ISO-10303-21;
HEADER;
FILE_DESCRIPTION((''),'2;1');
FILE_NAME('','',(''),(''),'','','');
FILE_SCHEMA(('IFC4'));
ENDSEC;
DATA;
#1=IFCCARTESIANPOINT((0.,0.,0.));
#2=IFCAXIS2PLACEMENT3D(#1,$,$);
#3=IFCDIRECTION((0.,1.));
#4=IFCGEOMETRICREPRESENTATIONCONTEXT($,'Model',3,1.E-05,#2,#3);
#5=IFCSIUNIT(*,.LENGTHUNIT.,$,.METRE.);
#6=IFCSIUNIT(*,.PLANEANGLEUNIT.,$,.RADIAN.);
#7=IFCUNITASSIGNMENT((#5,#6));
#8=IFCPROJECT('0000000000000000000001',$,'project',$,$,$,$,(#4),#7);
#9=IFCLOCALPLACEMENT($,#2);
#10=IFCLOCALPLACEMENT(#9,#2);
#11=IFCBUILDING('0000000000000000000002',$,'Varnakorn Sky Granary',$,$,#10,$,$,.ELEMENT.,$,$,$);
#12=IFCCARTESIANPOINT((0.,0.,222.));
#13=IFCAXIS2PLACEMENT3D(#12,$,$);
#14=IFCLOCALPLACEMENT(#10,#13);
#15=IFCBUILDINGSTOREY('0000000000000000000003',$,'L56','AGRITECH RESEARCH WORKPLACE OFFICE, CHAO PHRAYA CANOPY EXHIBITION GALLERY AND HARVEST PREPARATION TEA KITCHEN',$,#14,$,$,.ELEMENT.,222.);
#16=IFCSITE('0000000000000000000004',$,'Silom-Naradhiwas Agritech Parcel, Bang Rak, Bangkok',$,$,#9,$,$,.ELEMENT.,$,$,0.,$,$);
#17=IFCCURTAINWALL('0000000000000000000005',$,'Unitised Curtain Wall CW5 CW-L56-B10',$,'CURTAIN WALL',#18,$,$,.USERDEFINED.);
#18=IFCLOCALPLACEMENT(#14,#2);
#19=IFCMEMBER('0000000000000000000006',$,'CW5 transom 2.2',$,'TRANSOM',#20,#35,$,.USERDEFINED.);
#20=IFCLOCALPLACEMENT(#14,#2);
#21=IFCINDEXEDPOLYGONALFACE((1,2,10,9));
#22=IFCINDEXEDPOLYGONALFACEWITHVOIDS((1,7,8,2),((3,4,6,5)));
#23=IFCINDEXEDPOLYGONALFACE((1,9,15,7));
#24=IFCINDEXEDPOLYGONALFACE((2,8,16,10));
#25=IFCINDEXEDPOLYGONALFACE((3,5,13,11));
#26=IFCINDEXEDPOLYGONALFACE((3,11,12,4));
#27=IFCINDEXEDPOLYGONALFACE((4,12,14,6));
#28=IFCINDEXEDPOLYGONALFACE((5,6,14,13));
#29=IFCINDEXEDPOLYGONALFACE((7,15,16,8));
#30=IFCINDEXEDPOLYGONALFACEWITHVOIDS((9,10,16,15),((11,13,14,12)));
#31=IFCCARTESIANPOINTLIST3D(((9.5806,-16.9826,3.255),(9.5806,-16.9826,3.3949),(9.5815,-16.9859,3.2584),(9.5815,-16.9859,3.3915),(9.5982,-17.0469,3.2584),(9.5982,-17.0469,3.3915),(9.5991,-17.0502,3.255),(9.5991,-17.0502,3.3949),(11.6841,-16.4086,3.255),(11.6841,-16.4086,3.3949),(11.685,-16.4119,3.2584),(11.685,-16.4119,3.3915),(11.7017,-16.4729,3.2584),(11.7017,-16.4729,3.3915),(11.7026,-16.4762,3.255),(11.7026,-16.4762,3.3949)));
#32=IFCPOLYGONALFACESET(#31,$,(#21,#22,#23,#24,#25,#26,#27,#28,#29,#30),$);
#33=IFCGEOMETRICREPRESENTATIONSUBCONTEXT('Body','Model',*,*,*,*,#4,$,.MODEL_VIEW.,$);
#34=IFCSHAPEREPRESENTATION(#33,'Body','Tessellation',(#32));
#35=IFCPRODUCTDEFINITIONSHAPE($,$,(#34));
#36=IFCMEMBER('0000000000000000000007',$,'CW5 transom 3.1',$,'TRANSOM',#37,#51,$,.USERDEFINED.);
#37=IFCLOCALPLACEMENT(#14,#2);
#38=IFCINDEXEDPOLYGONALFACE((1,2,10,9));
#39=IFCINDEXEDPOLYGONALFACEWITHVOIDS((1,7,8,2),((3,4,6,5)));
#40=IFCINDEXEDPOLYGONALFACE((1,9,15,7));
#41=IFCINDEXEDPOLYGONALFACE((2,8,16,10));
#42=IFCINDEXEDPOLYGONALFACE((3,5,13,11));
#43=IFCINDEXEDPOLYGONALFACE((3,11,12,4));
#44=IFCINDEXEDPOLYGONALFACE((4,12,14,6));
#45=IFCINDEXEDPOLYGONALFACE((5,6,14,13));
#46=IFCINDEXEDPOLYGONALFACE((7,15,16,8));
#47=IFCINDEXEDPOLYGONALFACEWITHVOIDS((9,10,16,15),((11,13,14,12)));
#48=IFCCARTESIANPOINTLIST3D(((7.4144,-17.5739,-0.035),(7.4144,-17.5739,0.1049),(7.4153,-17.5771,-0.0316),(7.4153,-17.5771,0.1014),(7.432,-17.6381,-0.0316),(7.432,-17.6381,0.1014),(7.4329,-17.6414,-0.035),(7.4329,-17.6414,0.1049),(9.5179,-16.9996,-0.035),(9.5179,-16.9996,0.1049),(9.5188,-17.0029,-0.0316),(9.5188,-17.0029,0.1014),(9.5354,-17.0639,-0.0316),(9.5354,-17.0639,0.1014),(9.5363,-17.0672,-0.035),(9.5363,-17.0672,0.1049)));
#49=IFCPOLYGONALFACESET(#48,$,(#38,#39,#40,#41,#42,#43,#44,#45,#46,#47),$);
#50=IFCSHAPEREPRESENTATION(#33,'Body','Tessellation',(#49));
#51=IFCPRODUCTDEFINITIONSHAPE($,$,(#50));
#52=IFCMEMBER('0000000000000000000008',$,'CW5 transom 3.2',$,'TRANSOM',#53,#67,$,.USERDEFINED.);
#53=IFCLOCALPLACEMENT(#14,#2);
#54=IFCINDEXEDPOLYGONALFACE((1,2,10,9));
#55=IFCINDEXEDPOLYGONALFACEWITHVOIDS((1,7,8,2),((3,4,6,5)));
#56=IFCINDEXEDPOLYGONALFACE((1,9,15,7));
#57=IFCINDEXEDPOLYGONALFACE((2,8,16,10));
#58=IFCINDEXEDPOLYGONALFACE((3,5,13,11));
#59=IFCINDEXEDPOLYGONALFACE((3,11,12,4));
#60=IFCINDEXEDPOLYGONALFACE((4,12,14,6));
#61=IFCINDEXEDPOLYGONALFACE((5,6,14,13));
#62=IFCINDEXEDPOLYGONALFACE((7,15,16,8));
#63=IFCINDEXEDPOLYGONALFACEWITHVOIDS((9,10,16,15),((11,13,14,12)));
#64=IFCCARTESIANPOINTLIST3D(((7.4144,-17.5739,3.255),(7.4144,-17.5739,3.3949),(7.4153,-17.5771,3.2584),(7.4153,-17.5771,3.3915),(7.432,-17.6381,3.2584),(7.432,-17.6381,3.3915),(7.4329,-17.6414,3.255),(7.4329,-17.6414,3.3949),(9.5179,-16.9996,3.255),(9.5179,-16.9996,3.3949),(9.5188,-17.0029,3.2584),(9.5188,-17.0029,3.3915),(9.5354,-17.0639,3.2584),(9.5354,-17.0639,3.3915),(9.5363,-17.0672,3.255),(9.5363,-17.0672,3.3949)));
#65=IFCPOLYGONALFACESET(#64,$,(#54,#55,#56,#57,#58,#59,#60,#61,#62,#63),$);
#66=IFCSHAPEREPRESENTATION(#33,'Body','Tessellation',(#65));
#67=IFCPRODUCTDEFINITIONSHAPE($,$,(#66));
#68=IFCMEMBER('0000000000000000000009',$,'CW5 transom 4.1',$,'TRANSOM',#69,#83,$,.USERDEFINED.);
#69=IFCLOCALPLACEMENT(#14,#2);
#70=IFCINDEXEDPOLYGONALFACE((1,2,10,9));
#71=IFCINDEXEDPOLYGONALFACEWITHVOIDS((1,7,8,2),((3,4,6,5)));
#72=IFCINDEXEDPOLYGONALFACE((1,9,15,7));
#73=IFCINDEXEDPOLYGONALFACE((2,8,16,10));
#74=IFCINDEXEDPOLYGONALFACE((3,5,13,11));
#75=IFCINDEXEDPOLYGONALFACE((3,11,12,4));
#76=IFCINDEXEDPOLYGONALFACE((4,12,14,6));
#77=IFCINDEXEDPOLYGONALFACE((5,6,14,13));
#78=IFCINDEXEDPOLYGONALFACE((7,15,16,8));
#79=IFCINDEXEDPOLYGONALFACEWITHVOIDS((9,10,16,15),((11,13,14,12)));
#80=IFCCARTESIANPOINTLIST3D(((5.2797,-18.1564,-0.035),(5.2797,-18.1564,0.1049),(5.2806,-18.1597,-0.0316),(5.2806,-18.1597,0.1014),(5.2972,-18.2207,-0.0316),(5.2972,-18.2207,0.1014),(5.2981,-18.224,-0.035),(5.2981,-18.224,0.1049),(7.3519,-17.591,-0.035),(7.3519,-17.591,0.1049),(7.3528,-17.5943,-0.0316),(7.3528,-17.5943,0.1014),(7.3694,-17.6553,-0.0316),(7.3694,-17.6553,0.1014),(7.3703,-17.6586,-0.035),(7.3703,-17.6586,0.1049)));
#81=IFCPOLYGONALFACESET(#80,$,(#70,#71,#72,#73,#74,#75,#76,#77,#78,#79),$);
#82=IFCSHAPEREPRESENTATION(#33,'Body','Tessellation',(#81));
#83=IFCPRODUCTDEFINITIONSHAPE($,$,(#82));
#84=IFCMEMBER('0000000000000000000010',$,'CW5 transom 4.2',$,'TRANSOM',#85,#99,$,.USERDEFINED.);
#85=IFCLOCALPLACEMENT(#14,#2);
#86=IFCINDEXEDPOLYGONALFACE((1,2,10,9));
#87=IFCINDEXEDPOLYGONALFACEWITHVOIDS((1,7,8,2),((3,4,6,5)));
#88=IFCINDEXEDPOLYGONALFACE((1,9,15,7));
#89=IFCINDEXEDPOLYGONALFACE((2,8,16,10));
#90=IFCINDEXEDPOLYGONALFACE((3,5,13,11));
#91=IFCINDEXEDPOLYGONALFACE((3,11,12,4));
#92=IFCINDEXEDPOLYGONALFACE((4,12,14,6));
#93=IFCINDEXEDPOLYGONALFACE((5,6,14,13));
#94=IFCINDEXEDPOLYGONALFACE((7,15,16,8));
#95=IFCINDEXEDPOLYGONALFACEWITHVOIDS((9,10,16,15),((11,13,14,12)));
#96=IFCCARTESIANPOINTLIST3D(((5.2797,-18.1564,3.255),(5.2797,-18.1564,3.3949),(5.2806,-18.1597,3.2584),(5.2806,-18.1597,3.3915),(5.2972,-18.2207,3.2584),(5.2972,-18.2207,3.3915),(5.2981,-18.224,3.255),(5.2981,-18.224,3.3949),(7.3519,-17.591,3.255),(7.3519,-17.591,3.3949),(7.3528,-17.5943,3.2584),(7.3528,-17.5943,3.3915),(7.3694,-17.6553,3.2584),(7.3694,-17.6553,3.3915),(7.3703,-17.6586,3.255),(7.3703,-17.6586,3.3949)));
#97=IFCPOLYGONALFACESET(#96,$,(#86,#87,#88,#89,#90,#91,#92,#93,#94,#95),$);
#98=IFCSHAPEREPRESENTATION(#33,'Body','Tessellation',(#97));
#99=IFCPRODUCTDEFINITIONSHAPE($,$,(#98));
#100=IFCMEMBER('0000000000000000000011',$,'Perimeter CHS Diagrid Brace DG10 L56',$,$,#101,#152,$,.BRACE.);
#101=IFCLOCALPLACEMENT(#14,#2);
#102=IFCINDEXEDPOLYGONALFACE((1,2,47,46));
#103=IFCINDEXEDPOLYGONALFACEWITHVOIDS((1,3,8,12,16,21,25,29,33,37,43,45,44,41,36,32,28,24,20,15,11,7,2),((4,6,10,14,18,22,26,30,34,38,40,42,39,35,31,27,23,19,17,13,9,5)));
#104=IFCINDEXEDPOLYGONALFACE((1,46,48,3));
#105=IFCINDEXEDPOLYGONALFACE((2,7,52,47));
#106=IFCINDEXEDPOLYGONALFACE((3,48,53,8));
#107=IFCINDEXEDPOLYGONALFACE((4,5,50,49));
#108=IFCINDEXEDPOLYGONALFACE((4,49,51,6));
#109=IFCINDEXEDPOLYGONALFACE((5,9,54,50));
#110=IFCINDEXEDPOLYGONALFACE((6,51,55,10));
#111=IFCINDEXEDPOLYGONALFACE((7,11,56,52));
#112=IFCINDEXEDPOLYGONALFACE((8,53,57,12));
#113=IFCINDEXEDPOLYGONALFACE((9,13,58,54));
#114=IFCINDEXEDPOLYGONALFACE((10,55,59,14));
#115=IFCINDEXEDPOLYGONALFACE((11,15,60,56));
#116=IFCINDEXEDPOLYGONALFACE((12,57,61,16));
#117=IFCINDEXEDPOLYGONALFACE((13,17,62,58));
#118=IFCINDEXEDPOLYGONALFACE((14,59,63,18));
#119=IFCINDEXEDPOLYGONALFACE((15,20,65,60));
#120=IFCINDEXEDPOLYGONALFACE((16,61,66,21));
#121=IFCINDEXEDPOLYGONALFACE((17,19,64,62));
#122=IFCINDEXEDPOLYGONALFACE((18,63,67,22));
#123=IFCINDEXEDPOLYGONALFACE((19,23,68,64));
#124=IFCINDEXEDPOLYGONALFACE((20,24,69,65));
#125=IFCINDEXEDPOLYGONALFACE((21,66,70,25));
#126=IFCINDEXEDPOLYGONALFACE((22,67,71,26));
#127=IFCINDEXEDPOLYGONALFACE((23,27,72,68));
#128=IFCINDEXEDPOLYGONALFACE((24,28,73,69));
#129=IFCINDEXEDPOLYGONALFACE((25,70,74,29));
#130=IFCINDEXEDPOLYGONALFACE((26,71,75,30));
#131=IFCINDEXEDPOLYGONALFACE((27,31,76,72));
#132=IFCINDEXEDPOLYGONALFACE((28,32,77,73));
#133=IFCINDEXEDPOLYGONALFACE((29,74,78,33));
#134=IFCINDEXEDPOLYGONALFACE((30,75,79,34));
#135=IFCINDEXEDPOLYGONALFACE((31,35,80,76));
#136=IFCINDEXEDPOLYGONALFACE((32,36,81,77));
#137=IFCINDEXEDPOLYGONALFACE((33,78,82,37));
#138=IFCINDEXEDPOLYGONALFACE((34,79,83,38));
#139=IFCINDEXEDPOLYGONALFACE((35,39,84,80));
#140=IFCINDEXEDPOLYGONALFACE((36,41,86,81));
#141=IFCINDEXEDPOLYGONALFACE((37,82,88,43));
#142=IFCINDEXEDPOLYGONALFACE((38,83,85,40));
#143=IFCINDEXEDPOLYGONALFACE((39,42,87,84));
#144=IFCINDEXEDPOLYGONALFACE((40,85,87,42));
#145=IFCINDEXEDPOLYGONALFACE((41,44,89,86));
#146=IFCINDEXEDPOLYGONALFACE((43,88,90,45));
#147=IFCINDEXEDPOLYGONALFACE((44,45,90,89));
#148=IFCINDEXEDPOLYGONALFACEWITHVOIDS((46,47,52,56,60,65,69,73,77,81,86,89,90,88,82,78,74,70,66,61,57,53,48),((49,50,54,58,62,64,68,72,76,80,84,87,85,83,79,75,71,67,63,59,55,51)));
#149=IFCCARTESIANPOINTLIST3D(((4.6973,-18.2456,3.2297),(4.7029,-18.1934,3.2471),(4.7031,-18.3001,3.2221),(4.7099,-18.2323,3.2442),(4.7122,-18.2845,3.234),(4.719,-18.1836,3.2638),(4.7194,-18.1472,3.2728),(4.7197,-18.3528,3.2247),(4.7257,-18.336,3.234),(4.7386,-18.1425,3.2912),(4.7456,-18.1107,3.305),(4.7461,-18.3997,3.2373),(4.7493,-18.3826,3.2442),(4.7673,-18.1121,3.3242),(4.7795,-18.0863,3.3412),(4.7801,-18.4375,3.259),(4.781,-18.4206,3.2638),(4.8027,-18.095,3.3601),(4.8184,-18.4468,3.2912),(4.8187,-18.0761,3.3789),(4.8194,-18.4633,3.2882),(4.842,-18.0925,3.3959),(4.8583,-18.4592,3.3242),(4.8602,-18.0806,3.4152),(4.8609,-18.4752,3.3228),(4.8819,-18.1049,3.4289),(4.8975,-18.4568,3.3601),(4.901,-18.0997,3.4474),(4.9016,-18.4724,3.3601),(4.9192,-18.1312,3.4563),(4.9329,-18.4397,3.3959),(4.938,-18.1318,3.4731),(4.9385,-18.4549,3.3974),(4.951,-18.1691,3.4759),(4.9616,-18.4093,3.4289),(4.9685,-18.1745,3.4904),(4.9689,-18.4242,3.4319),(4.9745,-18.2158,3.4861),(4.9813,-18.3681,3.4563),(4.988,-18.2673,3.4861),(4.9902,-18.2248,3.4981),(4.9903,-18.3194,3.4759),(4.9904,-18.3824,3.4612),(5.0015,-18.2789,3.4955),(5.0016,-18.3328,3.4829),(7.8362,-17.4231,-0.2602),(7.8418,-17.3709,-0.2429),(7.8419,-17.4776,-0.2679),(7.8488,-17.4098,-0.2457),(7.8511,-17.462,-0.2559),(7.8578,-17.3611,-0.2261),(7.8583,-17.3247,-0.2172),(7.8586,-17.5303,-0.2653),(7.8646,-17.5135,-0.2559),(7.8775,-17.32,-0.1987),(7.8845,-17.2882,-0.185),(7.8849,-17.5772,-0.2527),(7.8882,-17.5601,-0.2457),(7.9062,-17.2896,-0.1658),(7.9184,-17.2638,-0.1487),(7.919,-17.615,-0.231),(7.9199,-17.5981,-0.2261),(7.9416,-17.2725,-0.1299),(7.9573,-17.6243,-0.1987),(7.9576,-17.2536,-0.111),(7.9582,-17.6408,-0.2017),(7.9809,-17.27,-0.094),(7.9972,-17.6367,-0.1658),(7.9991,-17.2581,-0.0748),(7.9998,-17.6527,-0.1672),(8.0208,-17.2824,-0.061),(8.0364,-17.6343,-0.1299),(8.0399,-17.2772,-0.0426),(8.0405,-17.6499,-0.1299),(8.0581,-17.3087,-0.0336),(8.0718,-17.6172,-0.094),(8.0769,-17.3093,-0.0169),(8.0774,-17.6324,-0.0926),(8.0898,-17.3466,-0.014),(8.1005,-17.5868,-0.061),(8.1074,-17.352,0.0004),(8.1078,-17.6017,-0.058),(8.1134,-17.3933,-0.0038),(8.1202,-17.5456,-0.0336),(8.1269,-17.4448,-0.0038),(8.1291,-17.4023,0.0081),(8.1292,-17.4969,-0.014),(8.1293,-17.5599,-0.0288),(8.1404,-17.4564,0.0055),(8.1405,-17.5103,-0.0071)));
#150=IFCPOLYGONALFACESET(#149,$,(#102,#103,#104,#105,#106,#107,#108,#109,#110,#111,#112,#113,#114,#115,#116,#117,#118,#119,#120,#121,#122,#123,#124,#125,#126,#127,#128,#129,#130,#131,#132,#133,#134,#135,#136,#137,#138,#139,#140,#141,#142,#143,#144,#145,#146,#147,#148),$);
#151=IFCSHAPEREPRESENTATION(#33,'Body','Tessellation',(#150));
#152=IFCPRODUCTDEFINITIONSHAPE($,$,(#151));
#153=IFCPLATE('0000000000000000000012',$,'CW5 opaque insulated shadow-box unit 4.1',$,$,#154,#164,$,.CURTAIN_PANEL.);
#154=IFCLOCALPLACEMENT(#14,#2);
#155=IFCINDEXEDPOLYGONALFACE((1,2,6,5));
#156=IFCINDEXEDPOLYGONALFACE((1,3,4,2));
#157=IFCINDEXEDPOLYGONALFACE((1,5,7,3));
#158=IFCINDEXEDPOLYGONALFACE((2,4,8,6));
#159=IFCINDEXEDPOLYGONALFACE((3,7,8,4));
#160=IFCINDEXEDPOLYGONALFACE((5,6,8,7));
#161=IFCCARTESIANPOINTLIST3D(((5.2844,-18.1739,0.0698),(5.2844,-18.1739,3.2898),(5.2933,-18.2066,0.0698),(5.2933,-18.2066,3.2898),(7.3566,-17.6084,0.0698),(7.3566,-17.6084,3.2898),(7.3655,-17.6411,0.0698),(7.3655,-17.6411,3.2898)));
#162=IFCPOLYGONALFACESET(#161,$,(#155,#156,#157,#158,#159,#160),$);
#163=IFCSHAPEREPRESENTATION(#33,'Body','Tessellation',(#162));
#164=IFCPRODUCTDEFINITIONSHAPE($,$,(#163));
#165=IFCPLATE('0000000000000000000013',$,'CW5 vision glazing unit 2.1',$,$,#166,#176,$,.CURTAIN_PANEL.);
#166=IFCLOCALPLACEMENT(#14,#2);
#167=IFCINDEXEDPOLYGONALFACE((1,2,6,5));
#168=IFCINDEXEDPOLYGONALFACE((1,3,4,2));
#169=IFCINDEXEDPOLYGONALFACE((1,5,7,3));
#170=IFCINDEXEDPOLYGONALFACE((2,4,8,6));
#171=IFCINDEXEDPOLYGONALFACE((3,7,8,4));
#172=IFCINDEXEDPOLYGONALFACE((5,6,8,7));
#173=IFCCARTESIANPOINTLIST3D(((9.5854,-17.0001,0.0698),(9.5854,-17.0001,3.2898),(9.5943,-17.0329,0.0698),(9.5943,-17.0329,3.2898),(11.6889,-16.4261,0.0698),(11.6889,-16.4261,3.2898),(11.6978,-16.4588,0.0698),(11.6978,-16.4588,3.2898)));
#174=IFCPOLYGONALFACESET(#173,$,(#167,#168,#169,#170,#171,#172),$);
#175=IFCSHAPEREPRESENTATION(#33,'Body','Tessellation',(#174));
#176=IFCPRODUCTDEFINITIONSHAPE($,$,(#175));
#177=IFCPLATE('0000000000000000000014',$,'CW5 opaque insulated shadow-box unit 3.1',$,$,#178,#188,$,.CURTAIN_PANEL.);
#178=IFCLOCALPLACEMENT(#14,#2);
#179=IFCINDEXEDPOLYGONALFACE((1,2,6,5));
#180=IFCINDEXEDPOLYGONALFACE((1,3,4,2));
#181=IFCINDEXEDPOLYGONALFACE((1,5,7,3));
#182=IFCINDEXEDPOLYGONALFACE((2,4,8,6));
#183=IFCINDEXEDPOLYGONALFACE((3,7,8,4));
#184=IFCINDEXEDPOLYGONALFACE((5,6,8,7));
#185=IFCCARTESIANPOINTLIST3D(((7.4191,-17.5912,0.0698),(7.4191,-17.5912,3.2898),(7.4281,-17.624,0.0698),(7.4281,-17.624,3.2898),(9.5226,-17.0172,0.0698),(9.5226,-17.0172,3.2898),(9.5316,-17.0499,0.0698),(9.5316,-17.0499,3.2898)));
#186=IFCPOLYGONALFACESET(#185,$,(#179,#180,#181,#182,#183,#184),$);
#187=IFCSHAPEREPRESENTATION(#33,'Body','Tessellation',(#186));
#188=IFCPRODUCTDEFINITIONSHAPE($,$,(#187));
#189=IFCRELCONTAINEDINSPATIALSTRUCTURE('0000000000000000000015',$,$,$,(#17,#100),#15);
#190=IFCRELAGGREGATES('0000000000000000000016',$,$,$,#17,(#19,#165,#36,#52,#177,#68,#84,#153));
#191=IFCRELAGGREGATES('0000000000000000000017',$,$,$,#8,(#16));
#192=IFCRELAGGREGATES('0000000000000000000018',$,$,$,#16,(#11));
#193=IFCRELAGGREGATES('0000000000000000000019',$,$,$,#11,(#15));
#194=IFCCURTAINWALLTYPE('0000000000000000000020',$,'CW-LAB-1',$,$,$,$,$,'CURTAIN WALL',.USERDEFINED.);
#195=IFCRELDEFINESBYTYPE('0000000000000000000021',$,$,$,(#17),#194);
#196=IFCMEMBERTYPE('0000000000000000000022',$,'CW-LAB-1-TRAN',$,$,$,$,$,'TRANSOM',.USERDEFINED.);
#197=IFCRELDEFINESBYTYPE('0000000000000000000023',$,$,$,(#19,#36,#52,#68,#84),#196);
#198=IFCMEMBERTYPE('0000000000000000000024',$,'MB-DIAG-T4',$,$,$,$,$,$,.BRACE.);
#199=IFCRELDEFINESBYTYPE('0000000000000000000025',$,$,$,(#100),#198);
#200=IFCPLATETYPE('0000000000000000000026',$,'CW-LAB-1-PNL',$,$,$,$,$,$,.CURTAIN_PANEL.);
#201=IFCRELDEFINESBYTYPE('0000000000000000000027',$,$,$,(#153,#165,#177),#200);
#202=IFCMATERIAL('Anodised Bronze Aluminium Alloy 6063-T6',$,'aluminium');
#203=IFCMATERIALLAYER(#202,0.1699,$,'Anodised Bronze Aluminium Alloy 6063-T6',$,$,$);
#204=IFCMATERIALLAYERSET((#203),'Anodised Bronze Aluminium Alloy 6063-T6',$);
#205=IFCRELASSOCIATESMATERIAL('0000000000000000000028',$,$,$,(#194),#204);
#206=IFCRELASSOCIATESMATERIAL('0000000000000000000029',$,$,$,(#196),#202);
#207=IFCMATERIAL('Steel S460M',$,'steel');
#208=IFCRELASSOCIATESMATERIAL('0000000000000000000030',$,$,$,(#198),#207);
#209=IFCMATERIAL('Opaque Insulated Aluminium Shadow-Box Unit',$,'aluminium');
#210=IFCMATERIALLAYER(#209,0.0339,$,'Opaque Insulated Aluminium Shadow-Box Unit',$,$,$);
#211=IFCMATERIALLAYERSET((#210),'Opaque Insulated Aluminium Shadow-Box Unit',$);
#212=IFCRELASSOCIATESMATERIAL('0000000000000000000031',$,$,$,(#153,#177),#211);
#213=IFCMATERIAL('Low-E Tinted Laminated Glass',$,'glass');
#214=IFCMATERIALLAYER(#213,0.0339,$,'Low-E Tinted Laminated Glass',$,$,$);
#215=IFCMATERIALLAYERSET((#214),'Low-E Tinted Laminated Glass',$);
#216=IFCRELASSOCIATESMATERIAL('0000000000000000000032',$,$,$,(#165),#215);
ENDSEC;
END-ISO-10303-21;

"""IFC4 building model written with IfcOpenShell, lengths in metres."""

from ifc_helpers import new_model, si_unit, direction, frame, origin, origin_2d, place, context, subcontext, project, spatial, rectangle, hollow_rectangle, hollow_circle, extrude, source, transform, mapped, material, layer, layer_set, material_profile, profile_set, type_object, type_shapes, element, aggregate, save


model = new_model("IFC4")

# Units and contexts
model_context = context("Model", 3, precision=1e-05, world=origin(), true_north=direction((0.0, 1.0)))
body_context = subcontext(model_context, "Body", "Model", "MODEL_VIEW")
ifc_project = project(units=[si_unit("LENGTHUNIT", "METRE"), si_unit("PLANEANGLEUNIT", "RADIAN")], contexts=[model_context])

# Site, building, storey
site_placement = place(None, origin())
site = spatial("IfcSite", under=ifc_project, at=site_placement, Name="Silom-Naradhiwas Agritech Parcel, Bang Rak, Bangkok", CompositionType="ELEMENT", RefElevation=0.0)
building_placement = place(site_placement, origin())
building = spatial("IfcBuilding", under=site, at=building_placement, Name="Varnakorn Sky Granary", CompositionType="ELEMENT")
storey_placement = place(building_placement, frame((0.0, 0.0, 222.0)))
storey = spatial("IfcBuildingStorey", under=building, at=storey_placement, Name="L56", Description="AGRITECH RESEARCH WORKPLACE OFFICE, CHAO PHRAYA CANOPY EXHIBITION GALLERY AND HARVEST PREPARATION TEA KITCHEN", CompositionType="ELEMENT", Elevation=222.0)

# Shared definitions
ifc_material_1 = material(Name="Steel S460M", Category="steel")

# Curtain wall, members
ifc_material_2 = material(Name="Anodised Bronze Aluminium Alloy 6063-T6", Category="aluminium")
ifc_layer_1 = layer(ifc_material_2, 0.1699, Name="Anodised Bronze Aluminium Alloy 6063-T6")
ifc_layer_set_1 = layer_set([ifc_layer_1], Name="Anodised Bronze Aluminium Alloy 6063-T6")
curtain_wall_type = type_object("IfcCurtainWallType", Name="CW-LAB-1", ElementType="CURTAIN WALL", PredefinedType="USERDEFINED", material=ifc_layer_set_1)
curtain_wall_placement = place(storey_placement, origin())
curtain_wall = element("IfcCurtainWall", 1, at=curtain_wall_placement, inside=storey, type_object=curtain_wall_type, Name="Unitised Curtain Wall CW5 CW-L56-B10", ObjectType="CURTAIN WALL", PredefinedType="USERDEFINED")
ifc_material_profile_1 = material_profile(ifc_material_2, hollow_rectangle(XDim=0.0701, YDim=0.1399, WallThickness=0.0034, at=origin_2d()), Name="ALU TRAN 70x140")
ifc_profile_set_1 = profile_set([ifc_material_profile_1], Name="Anodised Bronze Aluminium Alloy 6063-T6")
member_type_1 = type_object("IfcMemberType", Name="CW-LAB-1-TRAN", ElementType="TRANSOM", PredefinedType="USERDEFINED", material=ifc_profile_set_1)
member_1_placement = place(storey_placement, frame((11.6934, -16.4424, 3.325), z_axis=(-0.96473, -0.263241, 0.0), x_axis=(0.263241, -0.96473, 0.0)))
member_1 = element("IfcMember", 2, at=member_1_placement, type_object=member_type_1, Name="CW5 transom 2.2", ObjectType="TRANSOM", PredefinedType="USERDEFINED", context=body_context, shape_type="SweptSolid", body=[
    extrude(hollow_rectangle(XDim=0.0701, YDim=0.1399, WallThickness=0.0034, at=origin_2d()), origin(), (0.0, 0.0, 1.0), 2.1804),
])
member_2_placement = place(storey_placement, frame((9.5271, -17.0334, 0.0349), z_axis=(-0.964702, -0.263345, 0.0), x_axis=(0.263345, -0.964702, 0.0)))
member_2 = element("IfcMember", 3, at=member_2_placement, type_object=member_type_1, Name="CW5 transom 3.1", ObjectType="TRANSOM", PredefinedType="USERDEFINED", context=body_context, shape_type="SweptSolid", body=[
    extrude(hollow_rectangle(XDim=0.0701, YDim=0.1399, WallThickness=0.0034, at=origin_2d()), origin(), (0.0, 0.0, 1.0), 2.1804),
])
member_3_placement = place(storey_placement, frame((9.5271, -17.0334, 3.325), z_axis=(-0.964702, -0.263345, 0.0), x_axis=(0.263345, -0.964702, 0.0)))
member_3 = element("IfcMember", 4, at=member_3_placement, type_object=member_type_1, Name="CW5 transom 3.2", ObjectType="TRANSOM", PredefinedType="USERDEFINED", context=body_context, shape_type="SweptSolid", body=[
    extrude(hollow_rectangle(XDim=0.0701, YDim=0.1399, WallThickness=0.0034, at=origin_2d()), origin(), (0.0, 0.0, 1.0), 2.1804),
])
member_4_placement = place(storey_placement, frame((7.3611, -17.6248, 0.0349), z_axis=(-0.964732, -0.263233, 0.0), x_axis=(0.263233, -0.964732, 0.0)))
member_4 = element("IfcMember", 5, at=member_4_placement, type_object=member_type_1, Name="CW5 transom 4.1", ObjectType="TRANSOM", PredefinedType="USERDEFINED", context=body_context, shape_type="SweptSolid", body=[
    extrude(hollow_rectangle(XDim=0.0701, YDim=0.1399, WallThickness=0.0034, at=origin_2d()), origin(), (0.0, 0.0, 1.0), 2.1479),
])
member_5_placement = place(storey_placement, frame((7.3611, -17.6248, 3.325), z_axis=(-0.964732, -0.263233, 0.0), x_axis=(0.263233, -0.964732, 0.0)))
member_5 = element("IfcMember", 6, at=member_5_placement, type_object=member_type_1, Name="CW5 transom 4.2", ObjectType="TRANSOM", PredefinedType="USERDEFINED", context=body_context, shape_type="SweptSolid", body=[
    extrude(hollow_rectangle(XDim=0.0701, YDim=0.1399, WallThickness=0.0034, at=origin_2d()), origin(), (0.0, 0.0, 1.0), 2.1479),
])

# Member
ifc_material_profile_2 = material_profile(ifc_material_1, hollow_circle(Radius=0.2031, WallThickness=0.0161, at=origin_2d()), Name="CHS 406.4x16")
ifc_profile_set_2 = profile_set([ifc_material_profile_2], Name="Steel S460M")
member_type_2 = type_object("IfcMemberType", Name="MB-DIAG-T4", PredefinedType="BRACE", material=ifc_profile_set_2)
member_6_placement = place(storey_placement, frame((7.989, -17.4534, -0.1299), z_axis=(-0.658684, -0.172599, 0.732355), x_axis=(0.253478, -0.967341, 0.0)))
element("IfcMember", 7, at=member_6_placement, inside=storey, type_object=member_type_2, Name="Perimeter CHS Diagrid Brace DG10 L56", PredefinedType="BRACE", context=body_context, shape_type="SweptSolid", body=[
    extrude(hollow_circle(Radius=0.2031, WallThickness=0.0161, at=origin_2d()), origin(), (0.0, 0.0, 1.0), 4.7654),
])

# Plates
ifc_material_3 = material(Name="Opaque Insulated Aluminium Shadow-Box Unit", Category="aluminium")
ifc_layer_2 = layer(ifc_material_3, 0.0339, Name="Opaque Insulated Aluminium Shadow-Box Unit")
ifc_layer_set_2 = layer_set([ifc_layer_2], Name="Opaque Insulated Aluminium Shadow-Box Unit")
plate_type = type_object("IfcPlateType", Name="CW-LAB-1-PNL", PredefinedType="CURTAIN_PANEL")
shared_shape_1 = source(origin(), body_context, "Body", "SweptSolid", [
    extrude(rectangle(XDim=2.1479, YDim=0.0339, at=origin_2d()), origin(), (0.0, 0.0, 1.0), 3.22),
])
plate_1_placement = place(storey_placement, frame((6.325, -17.9075, 0.0698), z_axis=(0.0, 0.0, 1.0), x_axis=(-0.964721, -0.263276, 0.0)))
plate_1 = element("IfcPlate", 8, at=plate_1_placement, type_object=plate_type, material=ifc_layer_set_2, Name="CW5 opaque insulated shadow-box unit 4.1", PredefinedType="CURTAIN_PANEL", context=body_context, shape_type="MappedRepresentation", body=[
    mapped(shared_shape_1, transform((0.0, 0.0, 0.0), x_axis=(1.0, 0.0, 0.0), y_axis=(0.0, 1.0, 0.0), z_axis=(0.0, 0.0, 1.0), scale=1.0)),
])
ifc_material_4 = material(Name="Low-E Tinted Laminated Glass", Category="glass")
ifc_layer_3 = layer(ifc_material_4, 0.0339, Name="Low-E Tinted Laminated Glass")
ifc_layer_set_3 = layer_set([ifc_layer_3], Name="Low-E Tinted Laminated Glass")
shared_shape_2 = source(origin(), body_context, "Body", "SweptSolid", [
    extrude(rectangle(XDim=2.1804, YDim=0.0339, at=origin_2d()), origin(), (0.0, 0.0, 1.0), 3.22),
])
type_shapes(plate_type, [shared_shape_1, shared_shape_2])
plate_2_placement = place(storey_placement, frame((10.6416, -16.7295, 0.0698), z_axis=(0.0, 0.0, 1.0), x_axis=(-0.964721, -0.263276, 0.0)))
plate_2 = element("IfcPlate", 9, at=plate_2_placement, type_object=plate_type, material=ifc_layer_set_3, Name="CW5 vision glazing unit 2.1", PredefinedType="CURTAIN_PANEL", context=body_context, shape_type="MappedRepresentation", body=[
    mapped(shared_shape_2, transform((0.0, 0.0, 0.0), x_axis=(1.0, 0.0, 0.0), y_axis=(0.0, 1.0, 0.0), z_axis=(0.0, 0.0, 1.0), scale=1.0)),
])
plate_3_placement = place(storey_placement, frame((8.4753, -17.3206, 0.0698), z_axis=(0.0, 0.0, 1.0), x_axis=(-0.964721, -0.263276, 0.0)))
plate_3 = element("IfcPlate", 10, at=plate_3_placement, type_object=plate_type, material=ifc_layer_set_2, Name="CW5 opaque insulated shadow-box unit 3.1", PredefinedType="CURTAIN_PANEL", context=body_context, shape_type="MappedRepresentation", body=[
    mapped(shared_shape_2, transform((0.0, 0.0, 0.0), x_axis=(1.0, 0.0, 0.0), y_axis=(0.0, 1.0, 0.0), z_axis=(0.0, 0.0, 1.0), scale=1.0)),
])
aggregate(curtain_wall, [member_1, plate_2, member_2, member_3, plate_3, member_4, member_5, plate_1])

save(model, "model.ifc")
